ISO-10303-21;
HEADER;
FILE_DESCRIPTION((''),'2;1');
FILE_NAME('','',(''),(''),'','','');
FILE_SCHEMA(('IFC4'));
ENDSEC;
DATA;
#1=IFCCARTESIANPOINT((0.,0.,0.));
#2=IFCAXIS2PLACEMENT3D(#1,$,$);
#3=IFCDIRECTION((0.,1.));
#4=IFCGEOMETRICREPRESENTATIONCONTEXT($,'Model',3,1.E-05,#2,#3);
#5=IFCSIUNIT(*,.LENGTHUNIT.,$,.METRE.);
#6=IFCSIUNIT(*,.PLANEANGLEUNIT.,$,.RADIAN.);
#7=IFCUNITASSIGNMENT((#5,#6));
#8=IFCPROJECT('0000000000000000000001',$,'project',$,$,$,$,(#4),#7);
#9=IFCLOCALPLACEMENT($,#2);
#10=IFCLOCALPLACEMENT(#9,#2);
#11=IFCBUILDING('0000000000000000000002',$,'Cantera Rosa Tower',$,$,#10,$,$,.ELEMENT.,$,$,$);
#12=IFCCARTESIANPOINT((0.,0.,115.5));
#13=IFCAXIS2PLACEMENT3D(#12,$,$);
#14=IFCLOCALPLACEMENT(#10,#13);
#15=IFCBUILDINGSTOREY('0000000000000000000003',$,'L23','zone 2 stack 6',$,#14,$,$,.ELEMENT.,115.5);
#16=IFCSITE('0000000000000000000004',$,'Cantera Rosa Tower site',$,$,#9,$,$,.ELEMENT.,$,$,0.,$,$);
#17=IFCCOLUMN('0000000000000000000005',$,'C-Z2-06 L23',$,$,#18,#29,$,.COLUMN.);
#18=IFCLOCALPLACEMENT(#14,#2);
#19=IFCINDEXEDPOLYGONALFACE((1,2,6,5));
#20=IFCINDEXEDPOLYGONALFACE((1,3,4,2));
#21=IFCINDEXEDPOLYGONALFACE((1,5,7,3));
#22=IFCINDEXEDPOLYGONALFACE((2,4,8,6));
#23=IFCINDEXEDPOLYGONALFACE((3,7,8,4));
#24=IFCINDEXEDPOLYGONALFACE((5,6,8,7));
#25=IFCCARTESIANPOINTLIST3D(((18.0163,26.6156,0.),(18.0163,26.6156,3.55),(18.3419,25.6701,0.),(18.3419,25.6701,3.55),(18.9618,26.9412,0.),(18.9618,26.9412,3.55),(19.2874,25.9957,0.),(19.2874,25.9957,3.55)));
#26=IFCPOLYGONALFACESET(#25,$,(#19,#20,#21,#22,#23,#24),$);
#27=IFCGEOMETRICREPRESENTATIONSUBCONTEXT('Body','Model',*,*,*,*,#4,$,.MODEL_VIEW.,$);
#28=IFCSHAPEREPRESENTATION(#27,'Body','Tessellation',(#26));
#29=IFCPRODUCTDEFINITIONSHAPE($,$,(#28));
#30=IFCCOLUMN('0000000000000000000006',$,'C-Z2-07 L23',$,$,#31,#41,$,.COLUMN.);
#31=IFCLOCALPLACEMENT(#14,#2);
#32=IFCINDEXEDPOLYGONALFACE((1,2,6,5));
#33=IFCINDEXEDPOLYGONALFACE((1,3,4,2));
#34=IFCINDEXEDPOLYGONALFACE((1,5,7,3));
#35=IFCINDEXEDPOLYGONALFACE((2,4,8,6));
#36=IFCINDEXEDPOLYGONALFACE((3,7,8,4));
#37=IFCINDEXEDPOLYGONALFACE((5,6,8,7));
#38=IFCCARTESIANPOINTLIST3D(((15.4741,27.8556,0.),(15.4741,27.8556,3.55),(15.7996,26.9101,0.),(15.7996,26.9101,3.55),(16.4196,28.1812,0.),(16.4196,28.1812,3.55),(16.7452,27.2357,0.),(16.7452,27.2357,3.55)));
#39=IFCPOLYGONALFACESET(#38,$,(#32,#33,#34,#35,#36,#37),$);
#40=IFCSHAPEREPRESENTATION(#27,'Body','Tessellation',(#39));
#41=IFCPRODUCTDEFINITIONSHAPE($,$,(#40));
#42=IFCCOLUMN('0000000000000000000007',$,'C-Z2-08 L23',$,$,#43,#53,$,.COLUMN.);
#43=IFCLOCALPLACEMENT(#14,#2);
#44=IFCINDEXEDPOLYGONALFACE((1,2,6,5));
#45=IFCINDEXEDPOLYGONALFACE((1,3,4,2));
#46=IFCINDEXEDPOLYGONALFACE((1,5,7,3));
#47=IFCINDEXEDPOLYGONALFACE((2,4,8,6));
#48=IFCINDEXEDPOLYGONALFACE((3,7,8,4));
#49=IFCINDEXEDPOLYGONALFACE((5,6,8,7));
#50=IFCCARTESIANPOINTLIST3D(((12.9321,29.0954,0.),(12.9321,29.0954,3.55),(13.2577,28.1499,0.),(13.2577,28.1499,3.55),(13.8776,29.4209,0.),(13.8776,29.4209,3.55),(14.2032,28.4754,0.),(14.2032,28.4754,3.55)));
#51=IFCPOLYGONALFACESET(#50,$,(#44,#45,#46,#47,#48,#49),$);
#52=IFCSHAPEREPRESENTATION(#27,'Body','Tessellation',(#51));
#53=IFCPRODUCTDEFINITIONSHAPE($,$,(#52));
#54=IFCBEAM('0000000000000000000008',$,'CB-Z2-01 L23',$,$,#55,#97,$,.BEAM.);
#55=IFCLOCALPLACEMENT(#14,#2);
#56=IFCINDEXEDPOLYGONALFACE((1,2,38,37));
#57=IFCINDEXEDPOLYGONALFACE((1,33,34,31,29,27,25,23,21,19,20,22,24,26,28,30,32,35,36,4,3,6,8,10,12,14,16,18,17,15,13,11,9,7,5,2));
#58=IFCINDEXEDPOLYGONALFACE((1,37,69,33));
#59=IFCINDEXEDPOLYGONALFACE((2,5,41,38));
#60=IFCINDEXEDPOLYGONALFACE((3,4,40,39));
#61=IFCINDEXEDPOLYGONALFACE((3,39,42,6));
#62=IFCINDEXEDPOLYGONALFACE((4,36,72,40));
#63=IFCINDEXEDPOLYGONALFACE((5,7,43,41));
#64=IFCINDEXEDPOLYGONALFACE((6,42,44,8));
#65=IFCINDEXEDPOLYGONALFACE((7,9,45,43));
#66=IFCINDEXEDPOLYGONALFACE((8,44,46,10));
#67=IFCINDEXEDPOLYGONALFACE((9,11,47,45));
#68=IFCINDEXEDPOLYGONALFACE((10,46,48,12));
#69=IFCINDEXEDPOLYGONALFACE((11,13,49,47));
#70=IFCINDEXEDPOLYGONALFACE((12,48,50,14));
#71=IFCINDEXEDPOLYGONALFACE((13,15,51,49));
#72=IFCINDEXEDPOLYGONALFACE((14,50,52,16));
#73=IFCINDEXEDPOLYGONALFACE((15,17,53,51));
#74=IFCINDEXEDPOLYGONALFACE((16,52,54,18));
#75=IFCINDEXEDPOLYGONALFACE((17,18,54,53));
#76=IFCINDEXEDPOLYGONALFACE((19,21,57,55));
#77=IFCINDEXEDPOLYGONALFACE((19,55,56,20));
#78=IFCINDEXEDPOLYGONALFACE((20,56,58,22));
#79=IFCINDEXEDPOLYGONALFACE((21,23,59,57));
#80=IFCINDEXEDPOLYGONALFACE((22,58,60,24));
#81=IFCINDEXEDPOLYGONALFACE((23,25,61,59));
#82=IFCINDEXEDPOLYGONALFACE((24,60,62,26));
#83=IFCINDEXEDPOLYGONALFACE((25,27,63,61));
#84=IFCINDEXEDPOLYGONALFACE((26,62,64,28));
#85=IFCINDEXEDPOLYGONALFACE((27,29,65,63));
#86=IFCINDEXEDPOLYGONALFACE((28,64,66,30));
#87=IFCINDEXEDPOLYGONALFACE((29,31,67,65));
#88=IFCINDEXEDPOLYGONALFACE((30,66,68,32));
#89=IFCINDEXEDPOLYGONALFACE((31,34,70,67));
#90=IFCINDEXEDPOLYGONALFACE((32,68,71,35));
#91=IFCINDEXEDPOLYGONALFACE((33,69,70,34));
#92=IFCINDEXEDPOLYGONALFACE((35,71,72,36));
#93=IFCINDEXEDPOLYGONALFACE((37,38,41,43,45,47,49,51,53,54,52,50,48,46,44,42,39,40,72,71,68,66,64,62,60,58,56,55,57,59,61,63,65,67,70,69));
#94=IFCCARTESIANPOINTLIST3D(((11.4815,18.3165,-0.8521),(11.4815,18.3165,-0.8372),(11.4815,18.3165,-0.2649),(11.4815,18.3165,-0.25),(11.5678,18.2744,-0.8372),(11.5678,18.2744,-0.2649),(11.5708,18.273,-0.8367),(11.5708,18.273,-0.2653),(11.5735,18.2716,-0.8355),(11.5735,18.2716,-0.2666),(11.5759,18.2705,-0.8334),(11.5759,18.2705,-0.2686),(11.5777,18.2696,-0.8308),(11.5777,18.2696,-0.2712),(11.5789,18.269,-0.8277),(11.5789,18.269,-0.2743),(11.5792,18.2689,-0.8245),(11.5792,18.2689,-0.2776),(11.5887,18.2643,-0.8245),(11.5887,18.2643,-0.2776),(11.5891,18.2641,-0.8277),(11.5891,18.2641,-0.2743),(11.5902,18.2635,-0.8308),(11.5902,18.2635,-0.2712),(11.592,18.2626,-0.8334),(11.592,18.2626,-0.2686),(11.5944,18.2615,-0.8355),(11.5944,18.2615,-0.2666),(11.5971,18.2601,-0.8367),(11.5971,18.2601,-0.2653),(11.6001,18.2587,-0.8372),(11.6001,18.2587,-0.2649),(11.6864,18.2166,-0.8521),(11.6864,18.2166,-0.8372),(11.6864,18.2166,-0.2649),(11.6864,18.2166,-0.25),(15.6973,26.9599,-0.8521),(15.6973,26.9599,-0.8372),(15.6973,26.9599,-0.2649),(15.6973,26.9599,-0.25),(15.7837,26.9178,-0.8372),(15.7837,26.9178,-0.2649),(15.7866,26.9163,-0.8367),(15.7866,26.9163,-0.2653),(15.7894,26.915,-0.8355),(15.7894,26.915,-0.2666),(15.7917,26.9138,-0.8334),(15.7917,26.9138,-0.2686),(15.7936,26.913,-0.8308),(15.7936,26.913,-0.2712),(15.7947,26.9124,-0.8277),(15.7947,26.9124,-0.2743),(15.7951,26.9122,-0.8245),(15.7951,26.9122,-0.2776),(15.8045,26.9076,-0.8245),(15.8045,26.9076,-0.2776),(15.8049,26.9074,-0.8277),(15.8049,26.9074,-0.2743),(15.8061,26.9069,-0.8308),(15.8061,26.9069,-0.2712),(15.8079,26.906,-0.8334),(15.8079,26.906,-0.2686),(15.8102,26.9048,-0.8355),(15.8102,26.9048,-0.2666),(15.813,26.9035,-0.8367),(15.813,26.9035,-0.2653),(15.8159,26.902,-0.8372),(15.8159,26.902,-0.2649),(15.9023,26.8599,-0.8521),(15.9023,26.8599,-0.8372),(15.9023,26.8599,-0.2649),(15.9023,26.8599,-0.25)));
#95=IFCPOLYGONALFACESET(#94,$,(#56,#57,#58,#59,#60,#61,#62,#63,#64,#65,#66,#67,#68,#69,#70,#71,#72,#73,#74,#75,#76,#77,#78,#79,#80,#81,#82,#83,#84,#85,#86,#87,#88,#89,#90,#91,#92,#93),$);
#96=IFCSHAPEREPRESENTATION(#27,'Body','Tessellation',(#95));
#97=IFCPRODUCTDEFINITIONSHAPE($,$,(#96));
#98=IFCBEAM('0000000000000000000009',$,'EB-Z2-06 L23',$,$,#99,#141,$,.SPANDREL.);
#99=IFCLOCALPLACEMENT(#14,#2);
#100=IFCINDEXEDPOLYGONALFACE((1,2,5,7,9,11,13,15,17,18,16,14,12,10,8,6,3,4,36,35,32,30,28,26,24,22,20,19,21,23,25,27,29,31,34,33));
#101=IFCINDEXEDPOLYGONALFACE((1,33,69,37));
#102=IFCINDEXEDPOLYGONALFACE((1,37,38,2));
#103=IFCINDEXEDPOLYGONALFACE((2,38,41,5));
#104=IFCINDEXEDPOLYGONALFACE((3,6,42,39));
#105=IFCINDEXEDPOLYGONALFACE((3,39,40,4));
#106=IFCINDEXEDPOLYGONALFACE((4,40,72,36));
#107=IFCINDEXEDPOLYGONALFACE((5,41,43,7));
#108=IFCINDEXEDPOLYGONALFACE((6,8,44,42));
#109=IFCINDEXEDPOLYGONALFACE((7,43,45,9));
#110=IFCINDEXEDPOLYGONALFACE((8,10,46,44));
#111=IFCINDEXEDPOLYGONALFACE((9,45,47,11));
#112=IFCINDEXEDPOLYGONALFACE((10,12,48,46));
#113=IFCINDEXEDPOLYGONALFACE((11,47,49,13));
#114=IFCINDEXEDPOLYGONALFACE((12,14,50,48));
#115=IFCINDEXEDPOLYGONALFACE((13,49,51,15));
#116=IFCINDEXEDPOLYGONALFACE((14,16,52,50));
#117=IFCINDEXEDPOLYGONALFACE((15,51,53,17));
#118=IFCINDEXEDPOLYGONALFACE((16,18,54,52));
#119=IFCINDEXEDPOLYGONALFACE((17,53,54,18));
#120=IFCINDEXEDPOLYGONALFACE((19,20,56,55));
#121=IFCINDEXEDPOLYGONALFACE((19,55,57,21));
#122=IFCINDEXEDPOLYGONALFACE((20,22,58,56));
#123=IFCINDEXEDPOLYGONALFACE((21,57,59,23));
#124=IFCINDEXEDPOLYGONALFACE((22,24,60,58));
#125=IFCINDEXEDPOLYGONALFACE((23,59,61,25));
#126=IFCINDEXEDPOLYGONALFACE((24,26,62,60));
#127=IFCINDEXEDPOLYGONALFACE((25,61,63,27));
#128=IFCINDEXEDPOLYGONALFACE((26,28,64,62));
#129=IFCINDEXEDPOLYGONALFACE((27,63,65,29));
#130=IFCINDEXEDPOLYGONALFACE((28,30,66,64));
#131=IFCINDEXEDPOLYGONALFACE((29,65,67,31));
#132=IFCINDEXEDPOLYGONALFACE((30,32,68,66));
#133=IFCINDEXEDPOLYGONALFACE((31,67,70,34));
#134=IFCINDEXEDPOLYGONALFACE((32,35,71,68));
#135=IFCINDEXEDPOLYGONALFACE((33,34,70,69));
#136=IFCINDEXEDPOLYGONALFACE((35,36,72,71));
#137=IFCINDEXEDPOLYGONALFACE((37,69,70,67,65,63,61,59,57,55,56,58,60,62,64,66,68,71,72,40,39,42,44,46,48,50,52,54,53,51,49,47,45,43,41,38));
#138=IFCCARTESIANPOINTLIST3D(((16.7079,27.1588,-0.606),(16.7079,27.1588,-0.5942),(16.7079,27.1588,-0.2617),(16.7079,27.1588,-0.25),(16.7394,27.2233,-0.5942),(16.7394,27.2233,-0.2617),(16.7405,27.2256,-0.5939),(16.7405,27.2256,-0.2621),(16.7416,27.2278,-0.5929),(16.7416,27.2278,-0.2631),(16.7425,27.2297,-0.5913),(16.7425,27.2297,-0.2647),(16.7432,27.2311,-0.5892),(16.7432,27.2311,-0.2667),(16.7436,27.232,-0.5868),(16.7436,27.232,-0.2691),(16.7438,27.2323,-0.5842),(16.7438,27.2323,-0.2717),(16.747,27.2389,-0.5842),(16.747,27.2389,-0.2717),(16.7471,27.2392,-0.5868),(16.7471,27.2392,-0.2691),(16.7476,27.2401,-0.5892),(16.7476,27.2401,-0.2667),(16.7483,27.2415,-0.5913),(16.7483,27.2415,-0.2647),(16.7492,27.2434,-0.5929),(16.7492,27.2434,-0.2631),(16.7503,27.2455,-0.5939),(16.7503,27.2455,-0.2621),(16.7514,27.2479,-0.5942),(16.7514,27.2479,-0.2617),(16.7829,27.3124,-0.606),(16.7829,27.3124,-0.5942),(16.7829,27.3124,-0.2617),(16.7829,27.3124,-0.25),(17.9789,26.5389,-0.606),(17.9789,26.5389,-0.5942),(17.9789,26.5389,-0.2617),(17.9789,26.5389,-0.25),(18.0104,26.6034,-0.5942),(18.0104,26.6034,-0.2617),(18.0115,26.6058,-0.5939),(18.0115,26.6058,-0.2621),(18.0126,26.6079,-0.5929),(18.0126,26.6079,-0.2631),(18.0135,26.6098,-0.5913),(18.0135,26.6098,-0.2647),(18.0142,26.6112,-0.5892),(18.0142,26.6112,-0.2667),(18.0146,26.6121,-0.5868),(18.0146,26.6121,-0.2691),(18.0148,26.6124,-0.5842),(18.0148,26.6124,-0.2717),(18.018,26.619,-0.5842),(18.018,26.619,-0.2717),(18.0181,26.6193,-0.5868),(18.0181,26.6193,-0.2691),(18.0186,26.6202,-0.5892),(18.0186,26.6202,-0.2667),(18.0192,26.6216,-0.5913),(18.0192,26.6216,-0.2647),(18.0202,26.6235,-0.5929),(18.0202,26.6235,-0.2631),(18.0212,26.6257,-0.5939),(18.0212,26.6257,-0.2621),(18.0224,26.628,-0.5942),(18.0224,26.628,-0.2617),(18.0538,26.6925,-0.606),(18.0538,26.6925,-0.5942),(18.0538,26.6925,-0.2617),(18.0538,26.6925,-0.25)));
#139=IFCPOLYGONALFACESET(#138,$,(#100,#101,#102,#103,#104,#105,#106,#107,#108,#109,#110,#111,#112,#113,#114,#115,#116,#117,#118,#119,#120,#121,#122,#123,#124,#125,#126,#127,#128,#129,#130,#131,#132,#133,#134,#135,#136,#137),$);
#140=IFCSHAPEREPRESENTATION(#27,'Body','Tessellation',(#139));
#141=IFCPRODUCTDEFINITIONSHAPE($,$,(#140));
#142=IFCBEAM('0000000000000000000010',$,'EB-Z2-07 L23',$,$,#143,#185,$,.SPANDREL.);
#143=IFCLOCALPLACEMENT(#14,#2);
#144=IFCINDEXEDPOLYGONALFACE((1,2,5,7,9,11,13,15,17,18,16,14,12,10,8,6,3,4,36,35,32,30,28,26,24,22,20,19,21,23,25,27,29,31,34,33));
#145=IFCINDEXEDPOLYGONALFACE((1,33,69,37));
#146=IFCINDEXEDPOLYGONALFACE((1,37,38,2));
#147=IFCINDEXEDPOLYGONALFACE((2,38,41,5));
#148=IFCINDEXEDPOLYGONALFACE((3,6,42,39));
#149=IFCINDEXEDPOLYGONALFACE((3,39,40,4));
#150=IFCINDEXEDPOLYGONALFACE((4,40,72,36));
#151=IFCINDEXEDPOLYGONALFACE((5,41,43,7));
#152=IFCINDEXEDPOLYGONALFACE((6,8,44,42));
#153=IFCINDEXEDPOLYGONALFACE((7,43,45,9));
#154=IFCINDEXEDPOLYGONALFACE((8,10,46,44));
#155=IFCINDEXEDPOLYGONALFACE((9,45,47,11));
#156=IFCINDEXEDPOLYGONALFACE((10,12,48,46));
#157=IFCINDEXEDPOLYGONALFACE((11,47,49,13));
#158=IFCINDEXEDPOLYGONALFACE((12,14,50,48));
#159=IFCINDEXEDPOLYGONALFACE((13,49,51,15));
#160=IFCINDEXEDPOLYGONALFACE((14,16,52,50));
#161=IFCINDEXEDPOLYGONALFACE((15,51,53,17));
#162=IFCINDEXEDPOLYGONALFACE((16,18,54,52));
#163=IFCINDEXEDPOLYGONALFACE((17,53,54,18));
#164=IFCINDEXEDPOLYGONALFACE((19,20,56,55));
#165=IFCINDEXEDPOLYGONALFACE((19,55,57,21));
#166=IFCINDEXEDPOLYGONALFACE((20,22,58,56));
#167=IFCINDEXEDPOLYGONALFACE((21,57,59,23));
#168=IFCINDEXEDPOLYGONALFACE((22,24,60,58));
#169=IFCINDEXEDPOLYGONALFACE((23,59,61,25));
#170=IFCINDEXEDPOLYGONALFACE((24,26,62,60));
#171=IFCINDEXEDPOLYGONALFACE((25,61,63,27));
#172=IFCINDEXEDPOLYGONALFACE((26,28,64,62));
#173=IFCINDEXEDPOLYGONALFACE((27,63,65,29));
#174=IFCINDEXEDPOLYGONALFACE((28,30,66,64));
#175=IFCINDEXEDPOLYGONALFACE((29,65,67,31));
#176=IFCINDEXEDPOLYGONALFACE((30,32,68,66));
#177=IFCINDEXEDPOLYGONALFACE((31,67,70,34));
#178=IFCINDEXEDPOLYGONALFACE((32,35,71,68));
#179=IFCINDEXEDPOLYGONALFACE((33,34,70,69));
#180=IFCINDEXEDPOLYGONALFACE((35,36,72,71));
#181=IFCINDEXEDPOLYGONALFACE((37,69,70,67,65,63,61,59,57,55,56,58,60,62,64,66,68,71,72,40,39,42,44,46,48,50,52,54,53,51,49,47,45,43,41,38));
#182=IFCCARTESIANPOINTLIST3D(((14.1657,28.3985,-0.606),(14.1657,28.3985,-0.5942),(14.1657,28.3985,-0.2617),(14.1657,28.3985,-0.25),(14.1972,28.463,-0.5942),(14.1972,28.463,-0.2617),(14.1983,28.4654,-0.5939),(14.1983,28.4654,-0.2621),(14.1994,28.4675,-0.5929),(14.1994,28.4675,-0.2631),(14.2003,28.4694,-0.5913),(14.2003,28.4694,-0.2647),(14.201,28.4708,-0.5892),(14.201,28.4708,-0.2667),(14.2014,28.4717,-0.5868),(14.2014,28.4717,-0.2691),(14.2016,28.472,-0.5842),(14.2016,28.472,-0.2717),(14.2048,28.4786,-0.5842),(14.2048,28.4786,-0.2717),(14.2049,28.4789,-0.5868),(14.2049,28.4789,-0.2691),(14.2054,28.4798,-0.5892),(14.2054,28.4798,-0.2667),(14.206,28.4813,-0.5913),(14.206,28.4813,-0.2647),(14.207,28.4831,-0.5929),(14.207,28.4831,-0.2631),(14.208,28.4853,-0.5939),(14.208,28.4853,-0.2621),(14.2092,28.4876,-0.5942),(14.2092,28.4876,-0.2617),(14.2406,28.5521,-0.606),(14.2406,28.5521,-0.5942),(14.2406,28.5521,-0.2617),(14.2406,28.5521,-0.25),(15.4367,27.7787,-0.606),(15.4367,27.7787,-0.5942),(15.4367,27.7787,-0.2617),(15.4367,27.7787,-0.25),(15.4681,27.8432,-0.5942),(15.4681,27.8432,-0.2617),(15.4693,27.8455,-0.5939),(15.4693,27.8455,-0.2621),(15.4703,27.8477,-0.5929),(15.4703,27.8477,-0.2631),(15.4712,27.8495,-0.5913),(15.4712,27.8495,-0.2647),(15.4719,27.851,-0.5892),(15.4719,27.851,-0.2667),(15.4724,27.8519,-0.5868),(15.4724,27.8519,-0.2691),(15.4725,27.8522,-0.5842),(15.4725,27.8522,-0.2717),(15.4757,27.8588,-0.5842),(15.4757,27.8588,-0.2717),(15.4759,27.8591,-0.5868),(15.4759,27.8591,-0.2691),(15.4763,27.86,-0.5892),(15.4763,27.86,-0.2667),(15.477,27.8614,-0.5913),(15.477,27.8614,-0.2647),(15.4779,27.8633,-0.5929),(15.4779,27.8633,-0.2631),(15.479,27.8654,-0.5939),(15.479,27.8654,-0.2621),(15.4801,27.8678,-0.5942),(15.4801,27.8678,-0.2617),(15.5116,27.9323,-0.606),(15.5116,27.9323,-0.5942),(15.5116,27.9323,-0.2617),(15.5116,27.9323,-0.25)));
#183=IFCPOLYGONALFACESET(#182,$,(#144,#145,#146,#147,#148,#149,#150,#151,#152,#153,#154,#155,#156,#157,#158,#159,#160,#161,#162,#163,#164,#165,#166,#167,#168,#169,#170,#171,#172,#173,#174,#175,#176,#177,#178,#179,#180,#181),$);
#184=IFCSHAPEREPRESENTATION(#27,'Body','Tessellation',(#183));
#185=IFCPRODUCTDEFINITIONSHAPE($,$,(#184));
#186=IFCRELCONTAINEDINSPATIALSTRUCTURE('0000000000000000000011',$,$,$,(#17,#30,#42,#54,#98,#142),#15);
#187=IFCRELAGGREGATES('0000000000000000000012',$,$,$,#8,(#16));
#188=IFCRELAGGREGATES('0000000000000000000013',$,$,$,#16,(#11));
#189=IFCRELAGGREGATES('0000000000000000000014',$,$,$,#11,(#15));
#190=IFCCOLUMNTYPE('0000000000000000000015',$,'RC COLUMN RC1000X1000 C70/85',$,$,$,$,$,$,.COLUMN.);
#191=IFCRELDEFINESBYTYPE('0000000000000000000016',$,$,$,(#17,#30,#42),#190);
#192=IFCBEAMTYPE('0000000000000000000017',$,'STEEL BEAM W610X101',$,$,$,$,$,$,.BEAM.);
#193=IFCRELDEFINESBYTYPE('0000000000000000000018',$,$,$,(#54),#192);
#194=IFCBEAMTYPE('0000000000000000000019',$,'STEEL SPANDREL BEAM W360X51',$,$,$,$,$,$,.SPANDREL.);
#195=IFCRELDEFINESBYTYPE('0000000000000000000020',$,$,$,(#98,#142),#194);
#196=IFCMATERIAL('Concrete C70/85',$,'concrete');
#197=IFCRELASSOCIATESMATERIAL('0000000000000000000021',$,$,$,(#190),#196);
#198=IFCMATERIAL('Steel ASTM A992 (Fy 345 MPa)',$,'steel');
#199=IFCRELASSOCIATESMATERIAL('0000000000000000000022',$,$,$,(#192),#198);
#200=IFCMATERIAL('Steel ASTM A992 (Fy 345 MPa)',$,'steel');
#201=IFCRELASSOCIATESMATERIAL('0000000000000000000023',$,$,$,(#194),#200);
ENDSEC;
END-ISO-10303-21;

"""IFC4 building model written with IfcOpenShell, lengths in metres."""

from ifc_helpers import new_model, si_unit, direction, frame, origin, origin_2d, place, context, subcontext, project, spatial, rectangle, i_section, extrude, material, material_profile, profile_set, type_object, element, save


model = new_model("IFC4")

# Units and contexts
model_context = context("Model", 3, precision=1e-05, world=origin(), true_north=direction((0.0, 1.0)))
body_context = subcontext(model_context, "Body", "Model", "MODEL_VIEW")
ifc_project = project(units=[si_unit("LENGTHUNIT", "METRE"), si_unit("PLANEANGLEUNIT", "RADIAN")], contexts=[model_context])

# Site, building, storey
site_placement = place(None, origin())
site = spatial("IfcSite", under=ifc_project, at=site_placement, Name="Cantera Rosa Tower site", CompositionType="ELEMENT", RefElevation=0.0)
building_placement = place(site_placement, origin())
building = spatial("IfcBuilding", under=site, at=building_placement, Name="Cantera Rosa Tower", CompositionType="ELEMENT")
storey_placement = place(building_placement, frame((0.0, 0.0, 115.5)))
storey = spatial("IfcBuildingStorey", under=building, at=storey_placement, Name="L23", Description="zone 2 stack 6", CompositionType="ELEMENT", Elevation=115.5)

# Columns
ifc_material_1 = material(Name="Concrete C70/85", Category="concrete")
ifc_material_profile_1 = material_profile(ifc_material_1, rectangle(XDim=1.0, YDim=1.0, at=origin_2d()), Name="RC COLUMN RC1000X1000 C70/85")
ifc_profile_set_1 = profile_set([ifc_material_profile_1], Name="Concrete C70/85")
column_type = type_object("IfcColumnType", Name="RC COLUMN RC1000X1000 C70/85", PredefinedType="COLUMN", material=ifc_profile_set_1)
for number, where, z_axis, x_axis, name in (
    (1, (18.6519, 26.3057, 0.0), (0.0, 0.0, 1.0), (0.945519, 0.325568, 0.0), "C-Z2-06 L23"),
    (2, (16.1096, 27.5457, 0.0), (0.0, 0.0, 1.0), (0.945519, 0.325568, 0.0), "C-Z2-07 L23"),
    (3, (13.5676, 28.7854, 0.0), (0.0, 0.0, 1.0), (0.945519, 0.325568, 0.0), "C-Z2-08 L23"),
):
    element("IfcColumn", number, at=place(storey_placement, frame(where, z_axis=z_axis, x_axis=x_axis)), inside=storey, type_object=column_type, Name=name, PredefinedType="COLUMN", context=body_context, shape_type="SweptSolid", body=[
        extrude(rectangle(XDim=1.0, YDim=1.0, at=origin_2d()), origin(), (0.0, 0.0, 1.0), 3.55),
    ])

# Beams
ifc_material_2 = material(Name="Steel ASTM A992 (Fy 345 MPa)", Category="steel")
ifc_material_profile_2 = material_profile(ifc_material_2, i_section(OverallWidth=0.228, OverallDepth=0.6021, WebThickness=0.0105, FlangeThickness=0.0149, FilletRadius=0.0127, at=origin_2d()), Name="W610X101")
ifc_profile_set_2 = profile_set([ifc_material_profile_2], Name="Steel ASTM A992 (Fy 345 MPa)")
beam_type_1 = type_object("IfcBeamType", Name="STEEL BEAM W610X101", PredefinedType="BEAM", material=ifc_profile_set_2)
beam_1_placement = place(storey_placement, frame((15.7998, 26.9099, -0.551), z_axis=(-0.438388, -0.898786, 0.0), x_axis=(0.898786, -0.438388, 0.0)))
element("IfcBeam", 4, at=beam_1_placement, inside=storey, type_object=beam_type_1, Name="CB-Z2-01 L23", PredefinedType="BEAM", context=body_context, shape_type="SweptSolid", body=[
    extrude(i_section(OverallWidth=0.228, OverallDepth=0.6021, WebThickness=0.0105, FlangeThickness=0.0149, FilletRadius=0.0127, at=origin_2d()), origin(), (0.0, 0.0, 1.0), 9.6167),
])
ifc_material_3 = material(Name="Steel ASTM A992 (Fy 345 MPa)", Category="steel")
ifc_material_profile_3 = material_profile(ifc_material_3, i_section(OverallWidth=0.1709, OverallDepth=0.356, WebThickness=0.0073, FlangeThickness=0.0117, FilletRadius=0.01, at=origin_2d()), Name="W360X51")
ifc_profile_set_3 = profile_set([ifc_material_profile_3], Name="Steel ASTM A992 (Fy 345 MPa)")
beam_type_2 = type_object("IfcBeamType", Name="STEEL SPANDREL BEAM W360X51", PredefinedType="SPANDREL", material=ifc_profile_set_3)
for number, where, z_axis, x_axis, name in (
    (5, (18.0164, 26.6157, -0.428), (-0.898803, 0.438352, 0.0), (-0.438352, -0.898803, 0.0), "EB-Z2-06 L23"),
    (6, (15.4741, 27.8555, -0.428), (-0.898803, 0.438352, 0.0), (-0.438352, -0.898803, 0.0), "EB-Z2-07 L23"),
):
    element("IfcBeam", number, at=place(storey_placement, frame(where, z_axis=z_axis, x_axis=x_axis)), inside=storey, type_object=beam_type_2, Name=name, PredefinedType="SPANDREL", context=body_context, shape_type="SweptSolid", body=[
        extrude(i_section(OverallWidth=0.1709, OverallDepth=0.356, WebThickness=0.0073, FlangeThickness=0.0117, FilletRadius=0.01, at=origin_2d()), origin(), (0.0, 0.0, 1.0), 1.4141),
    ])

save(model, "model.ifc")
